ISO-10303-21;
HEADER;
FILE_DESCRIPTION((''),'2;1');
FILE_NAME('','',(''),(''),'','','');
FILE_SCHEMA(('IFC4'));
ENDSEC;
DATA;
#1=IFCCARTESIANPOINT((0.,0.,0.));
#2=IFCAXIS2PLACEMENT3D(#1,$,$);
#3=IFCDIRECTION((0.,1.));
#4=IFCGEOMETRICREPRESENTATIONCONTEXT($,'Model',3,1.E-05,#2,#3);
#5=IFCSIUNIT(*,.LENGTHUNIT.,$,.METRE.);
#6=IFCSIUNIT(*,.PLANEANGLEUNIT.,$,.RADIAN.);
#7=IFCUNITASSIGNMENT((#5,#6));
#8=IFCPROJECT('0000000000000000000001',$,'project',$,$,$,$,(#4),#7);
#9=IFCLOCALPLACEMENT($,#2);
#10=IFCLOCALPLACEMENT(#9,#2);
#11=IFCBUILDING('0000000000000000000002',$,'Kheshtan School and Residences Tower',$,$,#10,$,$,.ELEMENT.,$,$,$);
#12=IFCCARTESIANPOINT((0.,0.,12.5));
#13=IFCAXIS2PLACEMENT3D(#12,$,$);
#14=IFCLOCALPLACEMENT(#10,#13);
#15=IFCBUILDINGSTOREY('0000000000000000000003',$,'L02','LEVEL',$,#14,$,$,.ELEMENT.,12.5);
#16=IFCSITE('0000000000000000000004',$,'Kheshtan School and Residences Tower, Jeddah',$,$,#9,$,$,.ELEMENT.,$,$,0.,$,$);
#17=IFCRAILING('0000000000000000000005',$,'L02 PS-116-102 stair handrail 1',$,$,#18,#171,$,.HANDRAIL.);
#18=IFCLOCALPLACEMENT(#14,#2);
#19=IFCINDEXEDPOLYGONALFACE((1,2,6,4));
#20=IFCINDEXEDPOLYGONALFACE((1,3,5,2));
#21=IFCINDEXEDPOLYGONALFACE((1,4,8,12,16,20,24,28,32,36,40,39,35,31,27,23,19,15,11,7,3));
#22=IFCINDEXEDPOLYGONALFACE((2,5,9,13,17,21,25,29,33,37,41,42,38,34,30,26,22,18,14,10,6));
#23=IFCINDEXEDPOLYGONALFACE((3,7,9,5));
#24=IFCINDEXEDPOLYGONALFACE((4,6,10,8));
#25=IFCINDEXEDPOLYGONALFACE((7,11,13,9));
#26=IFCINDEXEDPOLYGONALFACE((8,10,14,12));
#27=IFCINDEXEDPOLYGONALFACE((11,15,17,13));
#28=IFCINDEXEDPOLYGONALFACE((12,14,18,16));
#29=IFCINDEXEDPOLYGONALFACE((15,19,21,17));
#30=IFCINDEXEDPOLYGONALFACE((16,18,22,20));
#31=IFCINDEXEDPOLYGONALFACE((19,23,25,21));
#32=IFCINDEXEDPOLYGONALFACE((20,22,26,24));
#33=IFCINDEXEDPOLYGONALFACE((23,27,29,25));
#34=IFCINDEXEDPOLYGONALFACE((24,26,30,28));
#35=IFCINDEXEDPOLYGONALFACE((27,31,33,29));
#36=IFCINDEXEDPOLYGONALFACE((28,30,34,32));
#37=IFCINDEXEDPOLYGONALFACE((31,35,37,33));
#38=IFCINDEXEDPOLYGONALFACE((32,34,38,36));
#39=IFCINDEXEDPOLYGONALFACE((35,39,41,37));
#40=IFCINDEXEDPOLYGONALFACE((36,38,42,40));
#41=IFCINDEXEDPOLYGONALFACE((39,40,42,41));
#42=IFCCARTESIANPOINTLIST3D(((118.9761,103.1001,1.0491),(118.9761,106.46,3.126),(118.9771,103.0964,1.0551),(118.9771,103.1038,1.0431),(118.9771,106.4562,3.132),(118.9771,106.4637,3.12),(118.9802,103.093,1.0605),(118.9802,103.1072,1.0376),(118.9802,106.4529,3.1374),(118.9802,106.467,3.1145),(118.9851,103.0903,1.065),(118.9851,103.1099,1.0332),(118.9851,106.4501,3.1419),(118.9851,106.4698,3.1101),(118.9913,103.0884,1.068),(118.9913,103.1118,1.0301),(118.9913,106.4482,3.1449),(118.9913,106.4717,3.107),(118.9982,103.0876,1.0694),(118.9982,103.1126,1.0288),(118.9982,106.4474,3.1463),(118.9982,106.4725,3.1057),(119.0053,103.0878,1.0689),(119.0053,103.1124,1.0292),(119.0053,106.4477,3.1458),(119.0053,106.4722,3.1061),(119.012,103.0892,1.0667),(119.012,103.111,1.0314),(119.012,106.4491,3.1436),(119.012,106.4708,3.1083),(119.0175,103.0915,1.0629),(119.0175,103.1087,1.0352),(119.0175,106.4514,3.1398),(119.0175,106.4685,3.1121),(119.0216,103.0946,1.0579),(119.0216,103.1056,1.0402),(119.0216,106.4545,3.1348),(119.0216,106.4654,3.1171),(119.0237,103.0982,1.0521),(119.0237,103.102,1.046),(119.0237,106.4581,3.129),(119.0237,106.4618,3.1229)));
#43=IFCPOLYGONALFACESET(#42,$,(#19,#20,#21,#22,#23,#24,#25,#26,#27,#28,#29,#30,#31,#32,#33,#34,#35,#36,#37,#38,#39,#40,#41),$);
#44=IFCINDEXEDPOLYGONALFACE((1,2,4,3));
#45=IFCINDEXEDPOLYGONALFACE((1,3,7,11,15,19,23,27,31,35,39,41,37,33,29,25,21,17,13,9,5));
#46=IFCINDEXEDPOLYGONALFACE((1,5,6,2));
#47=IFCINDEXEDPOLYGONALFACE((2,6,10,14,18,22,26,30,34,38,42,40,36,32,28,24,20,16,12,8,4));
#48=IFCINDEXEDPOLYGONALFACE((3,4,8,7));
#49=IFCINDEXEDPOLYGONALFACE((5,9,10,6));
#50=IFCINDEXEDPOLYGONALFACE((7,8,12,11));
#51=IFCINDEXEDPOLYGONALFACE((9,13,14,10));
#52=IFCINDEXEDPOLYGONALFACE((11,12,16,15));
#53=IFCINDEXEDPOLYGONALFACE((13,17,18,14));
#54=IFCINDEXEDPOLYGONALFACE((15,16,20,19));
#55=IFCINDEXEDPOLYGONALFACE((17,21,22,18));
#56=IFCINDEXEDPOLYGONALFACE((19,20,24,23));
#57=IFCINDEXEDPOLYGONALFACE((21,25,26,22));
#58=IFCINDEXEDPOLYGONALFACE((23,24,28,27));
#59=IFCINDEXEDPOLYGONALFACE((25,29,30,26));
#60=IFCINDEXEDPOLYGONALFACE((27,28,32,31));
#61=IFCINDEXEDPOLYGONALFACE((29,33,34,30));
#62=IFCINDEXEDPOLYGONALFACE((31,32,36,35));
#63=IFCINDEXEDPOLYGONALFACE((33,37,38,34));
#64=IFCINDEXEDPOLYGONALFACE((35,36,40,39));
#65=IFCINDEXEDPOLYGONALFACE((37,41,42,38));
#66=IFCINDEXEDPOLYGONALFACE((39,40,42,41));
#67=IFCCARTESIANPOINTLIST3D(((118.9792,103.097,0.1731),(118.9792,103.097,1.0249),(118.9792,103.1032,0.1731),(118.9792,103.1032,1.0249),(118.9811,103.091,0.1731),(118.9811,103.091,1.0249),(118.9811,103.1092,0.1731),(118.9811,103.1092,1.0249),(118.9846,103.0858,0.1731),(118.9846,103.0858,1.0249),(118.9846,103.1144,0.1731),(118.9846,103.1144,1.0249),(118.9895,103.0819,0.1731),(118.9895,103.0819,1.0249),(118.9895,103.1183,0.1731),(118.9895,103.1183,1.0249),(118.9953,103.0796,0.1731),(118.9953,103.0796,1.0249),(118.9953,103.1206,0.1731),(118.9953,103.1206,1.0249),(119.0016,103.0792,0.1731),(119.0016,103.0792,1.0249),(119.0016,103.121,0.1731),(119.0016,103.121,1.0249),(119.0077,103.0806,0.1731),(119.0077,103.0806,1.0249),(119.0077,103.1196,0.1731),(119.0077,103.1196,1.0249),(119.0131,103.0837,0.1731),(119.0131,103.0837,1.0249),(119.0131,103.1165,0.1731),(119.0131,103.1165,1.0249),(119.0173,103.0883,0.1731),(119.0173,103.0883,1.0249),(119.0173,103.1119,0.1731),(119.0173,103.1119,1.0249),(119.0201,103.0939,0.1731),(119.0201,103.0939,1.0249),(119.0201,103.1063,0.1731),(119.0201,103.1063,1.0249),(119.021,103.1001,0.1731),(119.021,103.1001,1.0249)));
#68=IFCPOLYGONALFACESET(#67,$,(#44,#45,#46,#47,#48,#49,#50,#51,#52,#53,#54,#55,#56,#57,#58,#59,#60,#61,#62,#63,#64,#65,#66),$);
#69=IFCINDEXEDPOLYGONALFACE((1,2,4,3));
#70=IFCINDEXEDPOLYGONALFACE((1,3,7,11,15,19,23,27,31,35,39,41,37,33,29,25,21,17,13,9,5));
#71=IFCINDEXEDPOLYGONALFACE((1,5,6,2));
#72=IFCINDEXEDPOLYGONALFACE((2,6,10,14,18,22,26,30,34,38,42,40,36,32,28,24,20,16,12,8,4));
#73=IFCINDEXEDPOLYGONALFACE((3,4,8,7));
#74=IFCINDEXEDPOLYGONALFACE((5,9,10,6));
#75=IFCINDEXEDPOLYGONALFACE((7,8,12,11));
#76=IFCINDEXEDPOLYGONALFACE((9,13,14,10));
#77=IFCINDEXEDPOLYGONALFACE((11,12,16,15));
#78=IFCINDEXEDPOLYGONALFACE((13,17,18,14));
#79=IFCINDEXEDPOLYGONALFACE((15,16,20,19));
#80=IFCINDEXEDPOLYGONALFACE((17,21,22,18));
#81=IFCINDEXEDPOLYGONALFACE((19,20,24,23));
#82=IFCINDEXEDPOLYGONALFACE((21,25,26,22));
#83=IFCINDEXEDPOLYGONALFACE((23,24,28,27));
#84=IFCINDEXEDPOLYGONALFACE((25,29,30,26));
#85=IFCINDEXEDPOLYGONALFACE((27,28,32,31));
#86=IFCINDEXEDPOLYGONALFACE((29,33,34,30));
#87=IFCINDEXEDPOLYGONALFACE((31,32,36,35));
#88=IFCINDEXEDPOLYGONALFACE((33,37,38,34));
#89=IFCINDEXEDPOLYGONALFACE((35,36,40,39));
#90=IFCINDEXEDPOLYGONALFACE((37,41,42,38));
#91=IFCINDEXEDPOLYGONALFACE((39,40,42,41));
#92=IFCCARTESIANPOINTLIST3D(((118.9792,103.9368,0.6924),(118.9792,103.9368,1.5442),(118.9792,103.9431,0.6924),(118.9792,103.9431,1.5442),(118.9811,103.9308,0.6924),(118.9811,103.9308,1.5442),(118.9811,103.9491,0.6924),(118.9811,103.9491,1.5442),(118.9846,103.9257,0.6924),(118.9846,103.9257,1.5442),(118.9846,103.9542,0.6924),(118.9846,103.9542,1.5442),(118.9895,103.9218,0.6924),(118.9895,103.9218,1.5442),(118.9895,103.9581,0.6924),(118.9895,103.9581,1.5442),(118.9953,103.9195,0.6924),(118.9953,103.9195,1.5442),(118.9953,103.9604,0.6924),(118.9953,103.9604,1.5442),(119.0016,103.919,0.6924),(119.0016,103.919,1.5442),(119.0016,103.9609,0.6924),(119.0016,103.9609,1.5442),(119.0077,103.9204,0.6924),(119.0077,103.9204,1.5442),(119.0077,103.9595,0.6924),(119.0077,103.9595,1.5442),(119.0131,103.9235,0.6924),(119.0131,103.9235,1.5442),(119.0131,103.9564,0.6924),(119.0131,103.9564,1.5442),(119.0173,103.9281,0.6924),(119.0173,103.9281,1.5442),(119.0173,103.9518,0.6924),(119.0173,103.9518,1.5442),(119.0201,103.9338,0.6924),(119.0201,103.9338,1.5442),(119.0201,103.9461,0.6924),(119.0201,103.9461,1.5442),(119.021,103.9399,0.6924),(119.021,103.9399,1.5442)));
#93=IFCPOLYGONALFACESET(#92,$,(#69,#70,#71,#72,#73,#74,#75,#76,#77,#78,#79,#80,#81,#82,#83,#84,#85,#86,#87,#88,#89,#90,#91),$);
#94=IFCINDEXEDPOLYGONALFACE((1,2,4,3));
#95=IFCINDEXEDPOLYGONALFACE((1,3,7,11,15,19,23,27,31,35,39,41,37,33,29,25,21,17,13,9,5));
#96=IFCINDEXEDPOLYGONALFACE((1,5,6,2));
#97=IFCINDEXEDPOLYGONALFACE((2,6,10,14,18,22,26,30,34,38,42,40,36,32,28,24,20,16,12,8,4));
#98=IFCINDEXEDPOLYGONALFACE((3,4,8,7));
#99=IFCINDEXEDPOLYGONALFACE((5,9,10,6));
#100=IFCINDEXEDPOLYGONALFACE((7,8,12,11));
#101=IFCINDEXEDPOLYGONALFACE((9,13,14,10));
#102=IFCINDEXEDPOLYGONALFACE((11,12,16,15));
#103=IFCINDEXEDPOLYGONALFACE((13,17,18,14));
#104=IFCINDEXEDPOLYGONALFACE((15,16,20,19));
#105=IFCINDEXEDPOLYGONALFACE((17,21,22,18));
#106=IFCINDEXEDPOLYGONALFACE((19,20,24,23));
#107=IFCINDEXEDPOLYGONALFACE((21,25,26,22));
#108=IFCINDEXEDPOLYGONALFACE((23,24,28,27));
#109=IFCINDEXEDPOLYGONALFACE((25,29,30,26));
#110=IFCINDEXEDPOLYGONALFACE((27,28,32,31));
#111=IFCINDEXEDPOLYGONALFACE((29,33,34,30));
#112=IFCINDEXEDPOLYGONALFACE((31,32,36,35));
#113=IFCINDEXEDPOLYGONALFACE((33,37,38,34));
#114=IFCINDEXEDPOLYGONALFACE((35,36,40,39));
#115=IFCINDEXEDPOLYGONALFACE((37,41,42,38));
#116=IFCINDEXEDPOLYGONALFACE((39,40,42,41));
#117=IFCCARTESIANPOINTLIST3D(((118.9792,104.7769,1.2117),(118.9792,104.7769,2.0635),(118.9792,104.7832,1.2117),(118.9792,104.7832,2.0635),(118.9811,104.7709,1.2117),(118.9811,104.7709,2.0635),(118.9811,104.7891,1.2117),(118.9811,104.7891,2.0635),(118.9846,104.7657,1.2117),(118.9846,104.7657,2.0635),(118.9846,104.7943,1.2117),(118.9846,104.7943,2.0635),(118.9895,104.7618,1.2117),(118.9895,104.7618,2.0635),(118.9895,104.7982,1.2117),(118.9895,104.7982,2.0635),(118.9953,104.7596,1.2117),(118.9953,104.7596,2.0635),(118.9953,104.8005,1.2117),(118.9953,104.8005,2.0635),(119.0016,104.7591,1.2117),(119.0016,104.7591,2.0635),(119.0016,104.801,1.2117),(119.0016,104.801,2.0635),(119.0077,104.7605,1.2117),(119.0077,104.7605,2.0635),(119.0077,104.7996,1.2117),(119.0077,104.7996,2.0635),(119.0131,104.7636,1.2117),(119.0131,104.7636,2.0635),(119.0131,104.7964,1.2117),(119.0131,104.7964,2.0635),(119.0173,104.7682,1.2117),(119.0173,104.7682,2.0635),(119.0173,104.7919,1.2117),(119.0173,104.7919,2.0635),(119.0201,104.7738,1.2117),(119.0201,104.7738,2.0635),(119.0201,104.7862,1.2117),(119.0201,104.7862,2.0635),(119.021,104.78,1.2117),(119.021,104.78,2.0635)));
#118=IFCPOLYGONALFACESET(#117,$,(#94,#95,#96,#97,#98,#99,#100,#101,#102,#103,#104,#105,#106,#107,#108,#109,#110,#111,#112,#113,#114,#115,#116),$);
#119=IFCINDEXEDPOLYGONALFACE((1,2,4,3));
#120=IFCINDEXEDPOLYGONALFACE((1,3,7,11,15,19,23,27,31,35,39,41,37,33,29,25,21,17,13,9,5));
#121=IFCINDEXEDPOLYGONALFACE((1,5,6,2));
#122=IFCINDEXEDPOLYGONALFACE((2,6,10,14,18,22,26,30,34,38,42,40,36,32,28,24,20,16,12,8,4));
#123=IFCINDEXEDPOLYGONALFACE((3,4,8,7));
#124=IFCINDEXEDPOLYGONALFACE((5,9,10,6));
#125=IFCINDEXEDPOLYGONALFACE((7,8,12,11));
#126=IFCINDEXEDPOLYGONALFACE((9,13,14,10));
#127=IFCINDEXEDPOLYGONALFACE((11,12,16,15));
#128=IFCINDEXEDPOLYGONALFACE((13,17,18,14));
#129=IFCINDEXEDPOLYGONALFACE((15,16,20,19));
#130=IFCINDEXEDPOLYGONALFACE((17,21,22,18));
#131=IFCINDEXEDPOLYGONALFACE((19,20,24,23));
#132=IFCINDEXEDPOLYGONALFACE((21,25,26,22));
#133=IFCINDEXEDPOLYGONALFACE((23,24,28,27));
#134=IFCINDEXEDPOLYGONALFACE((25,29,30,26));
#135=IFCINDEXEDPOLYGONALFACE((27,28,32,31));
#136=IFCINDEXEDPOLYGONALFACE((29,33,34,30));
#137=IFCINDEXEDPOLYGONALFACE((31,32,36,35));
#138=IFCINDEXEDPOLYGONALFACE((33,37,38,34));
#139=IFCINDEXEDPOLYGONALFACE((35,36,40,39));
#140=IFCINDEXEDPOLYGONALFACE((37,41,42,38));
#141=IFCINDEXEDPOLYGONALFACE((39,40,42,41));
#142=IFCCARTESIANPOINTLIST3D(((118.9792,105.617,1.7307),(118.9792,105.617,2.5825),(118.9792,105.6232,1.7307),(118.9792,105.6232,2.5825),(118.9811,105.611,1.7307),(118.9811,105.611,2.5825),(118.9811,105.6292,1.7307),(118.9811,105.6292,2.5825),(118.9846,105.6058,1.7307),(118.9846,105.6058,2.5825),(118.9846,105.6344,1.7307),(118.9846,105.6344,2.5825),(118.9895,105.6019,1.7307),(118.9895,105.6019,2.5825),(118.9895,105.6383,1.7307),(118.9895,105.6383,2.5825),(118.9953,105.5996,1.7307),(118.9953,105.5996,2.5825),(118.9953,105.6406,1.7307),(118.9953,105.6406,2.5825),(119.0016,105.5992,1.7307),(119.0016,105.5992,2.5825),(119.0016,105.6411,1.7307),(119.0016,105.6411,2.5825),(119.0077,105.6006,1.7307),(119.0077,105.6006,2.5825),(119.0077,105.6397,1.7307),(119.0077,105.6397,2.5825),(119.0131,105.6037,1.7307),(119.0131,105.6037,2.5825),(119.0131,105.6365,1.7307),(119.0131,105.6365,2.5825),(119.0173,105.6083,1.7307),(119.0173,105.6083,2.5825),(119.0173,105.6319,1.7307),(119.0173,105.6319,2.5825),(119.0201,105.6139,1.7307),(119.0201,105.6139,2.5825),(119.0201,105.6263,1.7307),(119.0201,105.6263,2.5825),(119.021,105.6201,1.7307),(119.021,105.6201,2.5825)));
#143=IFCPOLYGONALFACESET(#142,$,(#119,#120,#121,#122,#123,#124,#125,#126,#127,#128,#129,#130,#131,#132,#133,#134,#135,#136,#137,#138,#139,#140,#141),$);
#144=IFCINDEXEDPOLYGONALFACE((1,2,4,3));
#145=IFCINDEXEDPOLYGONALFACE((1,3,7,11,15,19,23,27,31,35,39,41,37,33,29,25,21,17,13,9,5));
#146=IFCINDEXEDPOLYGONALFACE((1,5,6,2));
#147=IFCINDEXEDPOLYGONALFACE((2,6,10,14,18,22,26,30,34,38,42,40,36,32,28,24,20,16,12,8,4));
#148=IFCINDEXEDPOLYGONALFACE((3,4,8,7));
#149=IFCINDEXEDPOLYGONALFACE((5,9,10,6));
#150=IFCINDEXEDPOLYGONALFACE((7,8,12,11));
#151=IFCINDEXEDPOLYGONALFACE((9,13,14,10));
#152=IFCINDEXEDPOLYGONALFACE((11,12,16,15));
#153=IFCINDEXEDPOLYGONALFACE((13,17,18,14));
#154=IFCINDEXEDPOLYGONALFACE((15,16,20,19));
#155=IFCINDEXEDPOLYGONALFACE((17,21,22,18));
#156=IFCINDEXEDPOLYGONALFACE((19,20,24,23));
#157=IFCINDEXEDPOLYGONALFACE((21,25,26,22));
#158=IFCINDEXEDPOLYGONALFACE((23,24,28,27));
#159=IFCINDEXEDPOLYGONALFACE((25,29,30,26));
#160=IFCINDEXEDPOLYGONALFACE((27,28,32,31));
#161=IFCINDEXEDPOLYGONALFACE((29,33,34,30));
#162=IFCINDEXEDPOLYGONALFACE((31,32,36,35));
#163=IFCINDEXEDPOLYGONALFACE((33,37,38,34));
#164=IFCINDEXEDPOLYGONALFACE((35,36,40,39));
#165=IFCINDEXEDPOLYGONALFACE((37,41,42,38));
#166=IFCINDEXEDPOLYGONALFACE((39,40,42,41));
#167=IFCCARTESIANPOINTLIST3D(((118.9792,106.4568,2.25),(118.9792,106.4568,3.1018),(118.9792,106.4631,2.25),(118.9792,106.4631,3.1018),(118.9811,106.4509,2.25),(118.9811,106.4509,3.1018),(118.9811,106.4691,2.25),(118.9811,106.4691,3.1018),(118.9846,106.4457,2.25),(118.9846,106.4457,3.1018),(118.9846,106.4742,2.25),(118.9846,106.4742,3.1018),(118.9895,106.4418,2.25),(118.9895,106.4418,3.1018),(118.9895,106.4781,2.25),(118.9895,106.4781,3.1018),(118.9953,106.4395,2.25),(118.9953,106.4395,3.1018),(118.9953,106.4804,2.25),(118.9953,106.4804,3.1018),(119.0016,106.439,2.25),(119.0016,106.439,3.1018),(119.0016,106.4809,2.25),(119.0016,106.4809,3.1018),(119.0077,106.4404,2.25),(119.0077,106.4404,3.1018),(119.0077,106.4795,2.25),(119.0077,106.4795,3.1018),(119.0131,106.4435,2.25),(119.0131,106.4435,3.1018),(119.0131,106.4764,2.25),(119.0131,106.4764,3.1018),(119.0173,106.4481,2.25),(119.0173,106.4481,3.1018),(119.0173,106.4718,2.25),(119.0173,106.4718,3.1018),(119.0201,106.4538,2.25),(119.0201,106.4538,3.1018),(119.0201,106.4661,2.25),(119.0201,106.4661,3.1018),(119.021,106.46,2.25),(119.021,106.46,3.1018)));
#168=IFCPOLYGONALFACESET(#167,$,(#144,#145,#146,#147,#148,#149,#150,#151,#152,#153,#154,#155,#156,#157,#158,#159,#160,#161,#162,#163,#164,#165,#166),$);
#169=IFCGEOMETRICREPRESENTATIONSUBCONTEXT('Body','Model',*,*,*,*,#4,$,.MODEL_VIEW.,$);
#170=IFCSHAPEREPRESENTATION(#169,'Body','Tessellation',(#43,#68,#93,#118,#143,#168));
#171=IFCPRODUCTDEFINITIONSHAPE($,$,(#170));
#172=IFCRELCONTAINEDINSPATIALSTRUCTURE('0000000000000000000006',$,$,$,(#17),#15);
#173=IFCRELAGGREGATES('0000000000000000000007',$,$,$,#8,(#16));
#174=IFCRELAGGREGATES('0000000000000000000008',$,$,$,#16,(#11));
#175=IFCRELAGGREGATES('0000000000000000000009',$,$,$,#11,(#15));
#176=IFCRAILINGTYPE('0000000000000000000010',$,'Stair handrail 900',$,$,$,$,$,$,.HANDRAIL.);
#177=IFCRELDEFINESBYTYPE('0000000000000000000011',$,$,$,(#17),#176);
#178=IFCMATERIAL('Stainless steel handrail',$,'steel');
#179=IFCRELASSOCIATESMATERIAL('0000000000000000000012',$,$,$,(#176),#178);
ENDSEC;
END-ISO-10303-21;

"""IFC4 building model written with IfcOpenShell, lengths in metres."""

from ifc_helpers import new_model, si_unit, direction, frame, origin, origin_2d, place, context, subcontext, project, spatial, circle, extrude, material, type_object, element, save


model = new_model("IFC4")

# Units and contexts
model_context = context("Model", 3, precision=1e-05, world=origin(), true_north=direction((0.0, 1.0)))
body_context = subcontext(model_context, "Body", "Model", "MODEL_VIEW")
ifc_project = project(units=[si_unit("LENGTHUNIT", "METRE"), si_unit("PLANEANGLEUNIT", "RADIAN")], contexts=[model_context])

# Site, building, storey
site_placement = place(None, origin())
site = spatial("IfcSite", under=ifc_project, at=site_placement, Name="Kheshtan School and Residences Tower, Jeddah", CompositionType="ELEMENT", RefElevation=0.0)
building_placement = place(site_placement, origin())
building = spatial("IfcBuilding", under=site, at=building_placement, Name="Kheshtan School and Residences Tower", CompositionType="ELEMENT")
storey_placement = place(building_placement, frame((0.0, 0.0, 12.5)))
storey = spatial("IfcBuildingStorey", under=building, at=storey_placement, Name="L02", Description="LEVEL", CompositionType="ELEMENT", Elevation=12.5)

# Railing
ifc_material_1 = material(Name="Stainless steel handrail", Category="steel")
railing_type = type_object("IfcRailingType", Name="Stair handrail 900", PredefinedType="HANDRAIL", material=ifc_material_1)
railing_placement = place(storey_placement, frame((119.0, 103.1001, 0.1731)))
element("IfcRailing", 1, at=railing_placement, inside=storey, type_object=railing_type, Name="L02 PS-116-102 stair handrail 1", PredefinedType="HANDRAIL", context=body_context, shape_type="SweptSolid", body=[
    extrude(circle(Radius=0.0239, at=origin_2d()), frame((0.0, 0.0, 0.876), z_axis=(0.0, 0.850606, 0.525803), x_axis=(-1.0, 0.0, 0.0)), (0.0, 0.0, 1.0), 3.95),
    extrude(circle(Radius=0.021, at=origin_2d()), origin(), (0.0, 0.0, 1.0), 0.8518),
    extrude(circle(Radius=0.021, at=origin_2d()), frame((0.0, 0.8398, 0.5193)), (0.0, 0.0, 1.0), 0.8518),
    extrude(circle(Radius=0.021, at=origin_2d()), frame((0.0, 1.6799, 1.0386)), (0.0, 0.0, 1.0), 0.8518),
    extrude(circle(Radius=0.021, at=origin_2d()), frame((0.0, 2.52, 1.5576)), (0.0, 0.0, 1.0), 0.8518),
    extrude(circle(Radius=0.021, at=origin_2d()), frame((0.0, 3.3599, 2.0769)), (0.0, 0.0, 1.0), 0.8518),
])

save(model, "model.ifc")
